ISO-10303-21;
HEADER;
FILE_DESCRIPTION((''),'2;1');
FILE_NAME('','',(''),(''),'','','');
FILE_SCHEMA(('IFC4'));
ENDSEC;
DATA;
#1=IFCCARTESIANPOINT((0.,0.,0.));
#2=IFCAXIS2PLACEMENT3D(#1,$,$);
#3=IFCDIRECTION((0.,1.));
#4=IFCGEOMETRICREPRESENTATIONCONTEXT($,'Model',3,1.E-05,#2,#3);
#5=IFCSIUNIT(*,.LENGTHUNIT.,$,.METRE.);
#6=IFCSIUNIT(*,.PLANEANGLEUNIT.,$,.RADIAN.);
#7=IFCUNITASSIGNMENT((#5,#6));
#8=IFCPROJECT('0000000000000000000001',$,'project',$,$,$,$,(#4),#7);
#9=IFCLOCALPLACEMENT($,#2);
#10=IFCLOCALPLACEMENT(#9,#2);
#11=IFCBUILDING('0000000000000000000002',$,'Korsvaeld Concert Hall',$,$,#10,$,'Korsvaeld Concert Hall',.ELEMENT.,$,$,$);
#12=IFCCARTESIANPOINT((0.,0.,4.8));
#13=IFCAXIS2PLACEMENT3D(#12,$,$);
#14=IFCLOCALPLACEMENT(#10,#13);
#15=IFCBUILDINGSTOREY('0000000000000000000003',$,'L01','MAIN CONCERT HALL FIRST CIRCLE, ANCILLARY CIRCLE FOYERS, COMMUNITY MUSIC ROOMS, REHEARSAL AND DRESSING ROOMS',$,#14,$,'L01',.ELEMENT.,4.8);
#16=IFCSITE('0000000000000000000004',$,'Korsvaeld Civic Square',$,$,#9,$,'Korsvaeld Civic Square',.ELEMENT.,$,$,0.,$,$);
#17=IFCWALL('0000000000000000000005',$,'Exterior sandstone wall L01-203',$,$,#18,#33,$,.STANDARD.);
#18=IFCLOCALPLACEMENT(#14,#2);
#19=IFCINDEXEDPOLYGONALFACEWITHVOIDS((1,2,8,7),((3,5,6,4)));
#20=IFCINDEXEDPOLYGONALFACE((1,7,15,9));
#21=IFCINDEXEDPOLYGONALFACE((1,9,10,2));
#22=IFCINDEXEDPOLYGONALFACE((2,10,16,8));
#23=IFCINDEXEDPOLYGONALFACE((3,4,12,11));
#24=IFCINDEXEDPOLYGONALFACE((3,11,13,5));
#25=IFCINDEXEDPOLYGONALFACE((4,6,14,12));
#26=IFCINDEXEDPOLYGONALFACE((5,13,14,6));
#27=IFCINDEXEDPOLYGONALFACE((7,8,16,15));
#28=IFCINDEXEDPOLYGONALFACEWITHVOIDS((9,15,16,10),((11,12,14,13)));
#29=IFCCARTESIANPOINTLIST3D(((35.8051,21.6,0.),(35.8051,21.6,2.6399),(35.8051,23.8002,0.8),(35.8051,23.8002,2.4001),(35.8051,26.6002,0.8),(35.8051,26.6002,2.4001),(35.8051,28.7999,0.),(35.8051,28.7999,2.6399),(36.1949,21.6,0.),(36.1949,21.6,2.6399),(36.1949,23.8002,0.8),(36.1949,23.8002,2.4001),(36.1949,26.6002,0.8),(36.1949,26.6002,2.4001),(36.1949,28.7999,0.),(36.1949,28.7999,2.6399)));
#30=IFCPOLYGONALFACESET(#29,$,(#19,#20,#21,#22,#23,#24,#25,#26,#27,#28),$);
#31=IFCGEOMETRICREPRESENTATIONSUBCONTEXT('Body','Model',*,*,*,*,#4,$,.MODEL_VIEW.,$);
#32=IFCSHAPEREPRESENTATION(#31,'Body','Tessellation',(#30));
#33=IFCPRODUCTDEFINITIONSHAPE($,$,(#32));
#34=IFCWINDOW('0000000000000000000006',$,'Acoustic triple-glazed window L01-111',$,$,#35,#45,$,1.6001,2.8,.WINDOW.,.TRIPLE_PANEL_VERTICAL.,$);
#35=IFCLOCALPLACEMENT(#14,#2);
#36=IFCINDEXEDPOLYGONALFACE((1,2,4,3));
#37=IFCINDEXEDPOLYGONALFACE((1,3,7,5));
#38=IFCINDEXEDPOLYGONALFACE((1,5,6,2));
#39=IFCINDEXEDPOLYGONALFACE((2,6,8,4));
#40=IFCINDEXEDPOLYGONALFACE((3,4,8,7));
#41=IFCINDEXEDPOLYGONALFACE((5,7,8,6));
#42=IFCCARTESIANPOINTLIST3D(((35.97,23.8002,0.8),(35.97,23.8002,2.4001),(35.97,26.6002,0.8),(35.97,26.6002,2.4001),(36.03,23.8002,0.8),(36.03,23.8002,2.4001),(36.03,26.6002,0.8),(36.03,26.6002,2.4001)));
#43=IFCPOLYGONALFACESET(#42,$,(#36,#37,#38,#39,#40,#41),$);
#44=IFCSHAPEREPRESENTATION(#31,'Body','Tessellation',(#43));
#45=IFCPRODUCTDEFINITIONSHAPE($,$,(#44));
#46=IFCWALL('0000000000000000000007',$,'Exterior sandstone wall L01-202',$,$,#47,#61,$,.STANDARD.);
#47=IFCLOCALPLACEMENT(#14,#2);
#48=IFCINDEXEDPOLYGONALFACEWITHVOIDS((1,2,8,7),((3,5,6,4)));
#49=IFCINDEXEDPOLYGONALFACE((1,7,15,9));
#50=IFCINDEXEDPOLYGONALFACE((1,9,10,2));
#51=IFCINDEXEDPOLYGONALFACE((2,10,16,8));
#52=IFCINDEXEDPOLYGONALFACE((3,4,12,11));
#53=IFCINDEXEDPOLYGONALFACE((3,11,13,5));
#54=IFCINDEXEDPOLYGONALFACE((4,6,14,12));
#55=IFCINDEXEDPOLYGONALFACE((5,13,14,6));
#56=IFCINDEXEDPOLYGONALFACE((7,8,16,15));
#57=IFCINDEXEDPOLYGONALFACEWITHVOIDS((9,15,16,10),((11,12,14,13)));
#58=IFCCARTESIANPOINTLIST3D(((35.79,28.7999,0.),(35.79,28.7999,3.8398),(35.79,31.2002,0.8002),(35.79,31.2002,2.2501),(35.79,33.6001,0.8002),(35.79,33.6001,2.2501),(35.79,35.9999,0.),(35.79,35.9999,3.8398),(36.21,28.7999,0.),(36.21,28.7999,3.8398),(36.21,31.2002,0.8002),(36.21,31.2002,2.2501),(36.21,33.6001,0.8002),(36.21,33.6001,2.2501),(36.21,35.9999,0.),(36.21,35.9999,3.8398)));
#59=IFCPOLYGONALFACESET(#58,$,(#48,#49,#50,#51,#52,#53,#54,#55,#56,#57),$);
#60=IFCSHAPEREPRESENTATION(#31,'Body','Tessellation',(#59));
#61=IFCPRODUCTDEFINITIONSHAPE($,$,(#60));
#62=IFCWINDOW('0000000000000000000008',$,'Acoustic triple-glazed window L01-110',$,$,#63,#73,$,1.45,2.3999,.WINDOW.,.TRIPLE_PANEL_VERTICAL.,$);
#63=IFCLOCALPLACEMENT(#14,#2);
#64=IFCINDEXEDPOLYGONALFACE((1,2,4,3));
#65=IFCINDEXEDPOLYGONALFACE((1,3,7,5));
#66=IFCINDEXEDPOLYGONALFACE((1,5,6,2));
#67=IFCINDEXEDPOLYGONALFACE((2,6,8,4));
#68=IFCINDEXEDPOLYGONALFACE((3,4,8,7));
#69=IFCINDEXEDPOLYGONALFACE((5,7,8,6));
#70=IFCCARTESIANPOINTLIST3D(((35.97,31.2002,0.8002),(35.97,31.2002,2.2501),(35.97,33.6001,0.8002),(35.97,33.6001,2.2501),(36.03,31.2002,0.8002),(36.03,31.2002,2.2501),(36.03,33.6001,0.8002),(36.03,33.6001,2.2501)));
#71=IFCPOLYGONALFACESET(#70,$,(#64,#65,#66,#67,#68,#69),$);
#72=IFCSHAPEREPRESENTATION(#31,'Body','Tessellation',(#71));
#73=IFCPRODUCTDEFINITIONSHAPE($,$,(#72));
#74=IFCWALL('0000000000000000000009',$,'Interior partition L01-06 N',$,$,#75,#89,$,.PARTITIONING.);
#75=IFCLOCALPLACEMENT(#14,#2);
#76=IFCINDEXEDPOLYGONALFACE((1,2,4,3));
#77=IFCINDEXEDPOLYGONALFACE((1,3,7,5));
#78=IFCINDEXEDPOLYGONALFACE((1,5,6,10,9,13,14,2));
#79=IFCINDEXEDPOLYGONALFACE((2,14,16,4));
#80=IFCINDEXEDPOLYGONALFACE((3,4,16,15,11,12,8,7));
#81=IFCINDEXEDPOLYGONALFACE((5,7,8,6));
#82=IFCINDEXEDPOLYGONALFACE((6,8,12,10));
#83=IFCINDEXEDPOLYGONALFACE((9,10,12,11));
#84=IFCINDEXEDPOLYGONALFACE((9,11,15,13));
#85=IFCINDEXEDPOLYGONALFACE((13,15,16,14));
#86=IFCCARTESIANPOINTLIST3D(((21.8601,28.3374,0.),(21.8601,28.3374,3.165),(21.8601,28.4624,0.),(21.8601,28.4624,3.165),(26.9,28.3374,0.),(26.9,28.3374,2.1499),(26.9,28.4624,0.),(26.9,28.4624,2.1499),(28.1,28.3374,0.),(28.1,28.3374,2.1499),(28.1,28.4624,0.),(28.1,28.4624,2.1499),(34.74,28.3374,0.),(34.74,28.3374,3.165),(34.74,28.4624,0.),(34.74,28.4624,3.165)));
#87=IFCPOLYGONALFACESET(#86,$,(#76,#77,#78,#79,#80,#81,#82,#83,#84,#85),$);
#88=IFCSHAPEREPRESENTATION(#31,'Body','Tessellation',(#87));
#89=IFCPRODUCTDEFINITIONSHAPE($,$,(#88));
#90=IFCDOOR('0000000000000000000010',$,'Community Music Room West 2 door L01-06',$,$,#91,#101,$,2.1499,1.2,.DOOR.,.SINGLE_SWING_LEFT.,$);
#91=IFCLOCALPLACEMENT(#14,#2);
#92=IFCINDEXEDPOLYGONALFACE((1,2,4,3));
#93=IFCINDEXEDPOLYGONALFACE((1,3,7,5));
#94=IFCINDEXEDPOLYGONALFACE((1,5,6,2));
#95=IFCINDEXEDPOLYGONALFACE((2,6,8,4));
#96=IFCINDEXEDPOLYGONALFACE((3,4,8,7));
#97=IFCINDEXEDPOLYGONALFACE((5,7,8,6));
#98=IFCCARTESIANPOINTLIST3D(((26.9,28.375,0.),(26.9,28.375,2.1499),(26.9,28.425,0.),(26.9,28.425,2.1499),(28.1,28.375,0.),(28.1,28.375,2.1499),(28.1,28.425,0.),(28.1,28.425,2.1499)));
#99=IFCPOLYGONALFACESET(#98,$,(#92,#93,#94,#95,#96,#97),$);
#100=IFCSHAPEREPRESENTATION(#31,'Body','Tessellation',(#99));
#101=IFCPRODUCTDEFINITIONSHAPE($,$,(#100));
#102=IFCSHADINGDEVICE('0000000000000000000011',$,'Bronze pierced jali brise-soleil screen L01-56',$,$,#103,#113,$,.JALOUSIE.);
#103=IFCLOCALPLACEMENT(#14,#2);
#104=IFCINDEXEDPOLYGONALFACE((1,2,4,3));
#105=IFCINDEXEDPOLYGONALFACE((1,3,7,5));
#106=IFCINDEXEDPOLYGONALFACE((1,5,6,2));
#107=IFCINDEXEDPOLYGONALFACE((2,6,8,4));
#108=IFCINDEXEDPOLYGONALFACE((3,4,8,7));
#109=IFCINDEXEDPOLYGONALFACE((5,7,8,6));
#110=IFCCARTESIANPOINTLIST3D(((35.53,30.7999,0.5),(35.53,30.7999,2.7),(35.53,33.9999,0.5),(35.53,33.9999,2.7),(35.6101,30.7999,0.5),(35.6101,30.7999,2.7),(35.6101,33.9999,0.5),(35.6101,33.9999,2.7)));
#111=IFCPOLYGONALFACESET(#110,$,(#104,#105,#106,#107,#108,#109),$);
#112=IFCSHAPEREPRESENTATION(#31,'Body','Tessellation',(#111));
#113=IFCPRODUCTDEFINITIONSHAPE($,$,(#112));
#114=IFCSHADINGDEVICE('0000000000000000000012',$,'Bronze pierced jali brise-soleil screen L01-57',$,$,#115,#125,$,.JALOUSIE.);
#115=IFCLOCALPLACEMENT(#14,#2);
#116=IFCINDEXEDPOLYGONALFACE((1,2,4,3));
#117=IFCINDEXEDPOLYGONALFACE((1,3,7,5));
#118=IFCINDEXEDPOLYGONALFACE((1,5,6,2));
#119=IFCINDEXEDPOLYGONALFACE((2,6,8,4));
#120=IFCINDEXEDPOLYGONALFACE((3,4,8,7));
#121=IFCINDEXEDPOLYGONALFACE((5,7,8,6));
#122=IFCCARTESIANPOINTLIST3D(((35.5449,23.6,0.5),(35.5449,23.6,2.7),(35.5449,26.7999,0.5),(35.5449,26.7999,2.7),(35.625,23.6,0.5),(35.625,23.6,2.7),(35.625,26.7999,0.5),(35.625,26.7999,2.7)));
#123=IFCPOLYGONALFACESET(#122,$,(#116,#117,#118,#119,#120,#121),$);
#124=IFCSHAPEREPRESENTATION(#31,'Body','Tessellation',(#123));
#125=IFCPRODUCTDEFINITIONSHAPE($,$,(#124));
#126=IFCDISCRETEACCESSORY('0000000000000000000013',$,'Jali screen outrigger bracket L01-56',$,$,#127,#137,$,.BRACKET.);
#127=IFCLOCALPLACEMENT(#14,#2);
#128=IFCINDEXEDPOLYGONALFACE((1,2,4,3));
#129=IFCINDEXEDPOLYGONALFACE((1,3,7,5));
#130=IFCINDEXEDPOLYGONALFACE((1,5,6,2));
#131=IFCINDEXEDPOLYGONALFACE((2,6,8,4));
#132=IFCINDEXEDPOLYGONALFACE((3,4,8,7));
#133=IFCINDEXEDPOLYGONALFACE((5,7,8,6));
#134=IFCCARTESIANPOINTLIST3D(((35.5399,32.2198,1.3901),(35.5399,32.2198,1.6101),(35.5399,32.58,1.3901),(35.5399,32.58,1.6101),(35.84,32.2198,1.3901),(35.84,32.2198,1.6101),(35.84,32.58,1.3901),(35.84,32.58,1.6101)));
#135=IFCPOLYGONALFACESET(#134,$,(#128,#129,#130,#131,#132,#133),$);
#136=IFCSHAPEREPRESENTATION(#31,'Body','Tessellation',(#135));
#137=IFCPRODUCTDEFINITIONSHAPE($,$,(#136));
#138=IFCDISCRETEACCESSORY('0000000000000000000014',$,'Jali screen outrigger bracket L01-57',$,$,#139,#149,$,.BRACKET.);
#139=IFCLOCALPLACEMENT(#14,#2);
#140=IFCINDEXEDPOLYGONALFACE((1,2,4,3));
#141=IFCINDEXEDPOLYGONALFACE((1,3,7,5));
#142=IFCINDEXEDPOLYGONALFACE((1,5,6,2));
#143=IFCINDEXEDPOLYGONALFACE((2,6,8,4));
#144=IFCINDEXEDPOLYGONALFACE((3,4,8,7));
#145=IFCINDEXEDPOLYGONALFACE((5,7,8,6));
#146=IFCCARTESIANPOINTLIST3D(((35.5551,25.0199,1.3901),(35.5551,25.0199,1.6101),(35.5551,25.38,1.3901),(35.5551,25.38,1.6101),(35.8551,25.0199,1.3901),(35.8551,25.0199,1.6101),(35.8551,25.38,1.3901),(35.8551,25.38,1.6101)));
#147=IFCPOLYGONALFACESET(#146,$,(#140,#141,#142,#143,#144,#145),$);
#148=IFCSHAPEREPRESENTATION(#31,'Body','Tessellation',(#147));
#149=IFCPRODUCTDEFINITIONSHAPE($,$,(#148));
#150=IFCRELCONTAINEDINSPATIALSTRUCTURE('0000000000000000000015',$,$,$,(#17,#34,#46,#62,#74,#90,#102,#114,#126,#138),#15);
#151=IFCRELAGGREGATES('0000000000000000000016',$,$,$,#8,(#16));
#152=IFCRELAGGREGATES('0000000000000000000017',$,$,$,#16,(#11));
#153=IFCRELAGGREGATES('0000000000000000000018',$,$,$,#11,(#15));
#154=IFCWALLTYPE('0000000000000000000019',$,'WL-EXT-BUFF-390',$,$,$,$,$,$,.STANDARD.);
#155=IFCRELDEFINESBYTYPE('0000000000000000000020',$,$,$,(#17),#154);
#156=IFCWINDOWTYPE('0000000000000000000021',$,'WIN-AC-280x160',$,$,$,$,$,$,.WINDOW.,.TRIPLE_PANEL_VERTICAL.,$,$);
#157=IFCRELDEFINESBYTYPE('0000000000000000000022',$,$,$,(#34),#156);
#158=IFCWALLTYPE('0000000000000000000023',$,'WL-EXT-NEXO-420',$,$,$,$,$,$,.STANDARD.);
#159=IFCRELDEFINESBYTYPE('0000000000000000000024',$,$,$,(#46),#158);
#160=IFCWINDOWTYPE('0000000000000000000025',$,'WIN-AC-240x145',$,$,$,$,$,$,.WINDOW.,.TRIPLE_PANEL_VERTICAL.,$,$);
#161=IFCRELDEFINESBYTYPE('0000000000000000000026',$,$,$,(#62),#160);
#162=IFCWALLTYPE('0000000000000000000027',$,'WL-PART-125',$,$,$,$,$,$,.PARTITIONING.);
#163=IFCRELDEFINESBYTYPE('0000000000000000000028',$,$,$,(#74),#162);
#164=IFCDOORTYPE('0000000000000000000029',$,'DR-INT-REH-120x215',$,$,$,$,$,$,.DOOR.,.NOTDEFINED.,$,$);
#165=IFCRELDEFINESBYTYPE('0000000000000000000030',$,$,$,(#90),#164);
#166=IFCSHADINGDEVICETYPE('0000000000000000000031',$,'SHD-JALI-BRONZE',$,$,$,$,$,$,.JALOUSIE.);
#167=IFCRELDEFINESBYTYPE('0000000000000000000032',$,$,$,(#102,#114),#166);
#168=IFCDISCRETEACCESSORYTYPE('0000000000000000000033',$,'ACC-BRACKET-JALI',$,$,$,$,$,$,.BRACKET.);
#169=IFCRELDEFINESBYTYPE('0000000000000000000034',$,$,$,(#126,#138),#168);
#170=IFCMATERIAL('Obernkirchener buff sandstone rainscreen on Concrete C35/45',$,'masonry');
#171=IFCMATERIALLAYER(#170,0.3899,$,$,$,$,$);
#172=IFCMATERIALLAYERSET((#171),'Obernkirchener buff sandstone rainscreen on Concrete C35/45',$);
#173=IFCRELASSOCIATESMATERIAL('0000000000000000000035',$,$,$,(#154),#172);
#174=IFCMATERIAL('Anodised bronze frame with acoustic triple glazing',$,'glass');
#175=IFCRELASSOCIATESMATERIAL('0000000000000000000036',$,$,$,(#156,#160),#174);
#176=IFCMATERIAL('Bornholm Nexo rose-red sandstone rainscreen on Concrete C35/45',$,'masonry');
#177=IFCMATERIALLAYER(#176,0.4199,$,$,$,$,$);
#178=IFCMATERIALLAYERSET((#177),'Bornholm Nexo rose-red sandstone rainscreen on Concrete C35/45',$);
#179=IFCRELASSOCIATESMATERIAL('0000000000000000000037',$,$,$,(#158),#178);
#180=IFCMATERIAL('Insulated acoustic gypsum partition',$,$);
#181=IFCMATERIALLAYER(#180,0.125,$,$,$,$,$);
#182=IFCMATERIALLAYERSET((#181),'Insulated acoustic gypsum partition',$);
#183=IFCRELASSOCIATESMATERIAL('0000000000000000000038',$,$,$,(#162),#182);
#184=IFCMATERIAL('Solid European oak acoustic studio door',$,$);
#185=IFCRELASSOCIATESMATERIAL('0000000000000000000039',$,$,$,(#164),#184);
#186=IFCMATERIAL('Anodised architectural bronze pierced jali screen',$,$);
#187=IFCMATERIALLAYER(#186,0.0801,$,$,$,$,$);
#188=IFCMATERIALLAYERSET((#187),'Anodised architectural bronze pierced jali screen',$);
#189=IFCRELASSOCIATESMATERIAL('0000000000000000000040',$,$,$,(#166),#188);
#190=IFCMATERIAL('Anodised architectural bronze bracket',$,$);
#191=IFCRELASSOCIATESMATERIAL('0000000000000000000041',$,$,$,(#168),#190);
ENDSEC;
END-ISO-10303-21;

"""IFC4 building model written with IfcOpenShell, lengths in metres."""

from ifc_helpers import new_model, si_unit, direction, frame, frame_2d, origin, origin_2d, place, context, subcontext, project, spatial, rectangle, extrude, material, layer, layer_set, type_object, element, fill, save


model = new_model("IFC4")

# Units and contexts
model_context = context("Model", 3, precision=1e-05, world=origin(), true_north=direction((0.0, 1.0)))
body_context = subcontext(model_context, "Body", "Model", "MODEL_VIEW")
ifc_project = project(units=[si_unit("LENGTHUNIT", "METRE"), si_unit("PLANEANGLEUNIT", "RADIAN")], contexts=[model_context])

# Site, building, storey
site_placement = place(None, origin())
site = spatial("IfcSite", under=ifc_project, at=site_placement, Name="Korsvaeld Civic Square", LongName="Korsvaeld Civic Square", CompositionType="ELEMENT", RefElevation=0.0)
building_placement = place(site_placement, origin())
building = spatial("IfcBuilding", under=site, at=building_placement, Name="Korsvaeld Concert Hall", LongName="Korsvaeld Concert Hall", CompositionType="ELEMENT")
storey_placement = place(building_placement, frame((0.0, 0.0, 4.8)))
storey = spatial("IfcBuildingStorey", under=building, at=storey_placement, Name="L01", Description="MAIN CONCERT HALL FIRST CIRCLE, ANCILLARY CIRCLE FOYERS, COMMUNITY MUSIC ROOMS, REHEARSAL AND DRESSING ROOMS", LongName="L01", CompositionType="ELEMENT", Elevation=4.8)

# Walls, openings, windows
ifc_material_1 = material(Name="Obernkirchener buff sandstone rainscreen on Concrete C35/45", Category="masonry")
ifc_layer_1 = layer(ifc_material_1, 0.3899)
ifc_layer_set_1 = layer_set([ifc_layer_1], Name="Obernkirchener buff sandstone rainscreen on Concrete C35/45")
wall_type_1 = type_object("IfcWallType", Name="WL-EXT-BUFF-390", PredefinedType="STANDARD", material=ifc_layer_set_1)
wall_1_placement = place(storey_placement, frame((36.0, 28.8, 0.0), z_axis=(0.0, 0.0, 1.0), x_axis=(0.0, -1.0, 0.0)))
wall_1 = element("IfcWall", 1, at=wall_1_placement, inside=storey, type_object=wall_type_1, Name="Exterior sandstone wall L01-203", PredefinedType="STANDARD", context=body_context, shape_type="SweptSolid", body=[
    extrude(rectangle(XDim=7.2, YDim=0.3899, at=frame_2d((3.6001, 0.0))), origin(), (0.0, 0.0, 1.0), 2.6399),
])
opening_1_placement = place(wall_1_placement, frame((2.2, 0.0, 0.8)))
opening_1 = element("IfcOpeningElement", 2, at=opening_1_placement, cuts=wall_1, PredefinedType="OPENING", context=body_context, shape_type="SweptSolid", body=[
    extrude(rectangle(XDim=2.8, YDim=1.6001, at=frame_2d((1.3999, 0.8))), frame((0.0, 0.2051, 0.0), z_axis=(0.0, -1.0, 0.0), x_axis=(1.0, 0.0, 0.0)), (0.0, 0.0, 1.0), 0.4099),
])
ifc_material_2 = material(Name="Anodised bronze frame with acoustic triple glazing", Category="glass")
window_type_1 = type_object("IfcWindowType", Name="WIN-AC-280x160", PartitioningType="TRIPLE_PANEL_VERTICAL", PredefinedType="WINDOW", material=ifc_material_2)
window_1_placement = place(opening_1_placement, origin())
window_1 = element("IfcWindow", 3, at=window_1_placement, inside=storey, type_object=window_type_1, Name="Acoustic triple-glazed window L01-111", OverallHeight=1.6001, OverallWidth=2.8, PartitioningType="TRIPLE_PANEL_VERTICAL", PredefinedType="WINDOW", context=body_context, shape_type="SweptSolid", body=[
    extrude(rectangle(XDim=2.8, YDim=1.6001, at=frame_2d((1.3999, 0.8))), frame((0.0, 0.03, 0.0), z_axis=(0.0, -1.0, 0.0), x_axis=(1.0, 0.0, 0.0)), (0.0, 0.0, 1.0), 0.0601),
])
fill(opening_1, window_1)
ifc_material_3 = material(Name="Bornholm Nexo rose-red sandstone rainscreen on Concrete C35/45", Category="masonry")
ifc_layer_2 = layer(ifc_material_3, 0.4199)
ifc_layer_set_2 = layer_set([ifc_layer_2], Name="Bornholm Nexo rose-red sandstone rainscreen on Concrete C35/45")
wall_type_2 = type_object("IfcWallType", Name="WL-EXT-NEXO-420", PredefinedType="STANDARD", material=ifc_layer_set_2)
wall_2_placement = place(storey_placement, frame((36.0, 36.0, 0.0), z_axis=(0.0, 0.0, 1.0), x_axis=(0.0, -1.0, 0.0)))
wall_2 = element("IfcWall", 4, at=wall_2_placement, inside=storey, type_object=wall_type_2, Name="Exterior sandstone wall L01-202", PredefinedType="STANDARD", context=body_context, shape_type="SweptSolid", body=[
    extrude(rectangle(XDim=7.2, YDim=0.4199, at=frame_2d((3.6001, 0.0))), origin(), (0.0, 0.0, 1.0), 3.8398),
])
opening_2_placement = place(wall_2_placement, frame((2.3999, 0.0, 0.8)))
opening_2 = element("IfcOpeningElement", 5, at=opening_2_placement, cuts=wall_2, PredefinedType="OPENING", context=body_context, shape_type="SweptSolid", body=[
    extrude(rectangle(XDim=2.3999, YDim=1.45, at=frame_2d((1.2, 0.7251))), frame((0.0, 0.22, 0.0), z_axis=(0.0, -1.0, 0.0), x_axis=(1.0, 0.0, 0.0)), (0.0, 0.0, 1.0), 0.4399),
])
window_type_2 = type_object("IfcWindowType", Name="WIN-AC-240x145", PartitioningType="TRIPLE_PANEL_VERTICAL", PredefinedType="WINDOW", material=ifc_material_2)
window_2_placement = place(opening_2_placement, origin())
window_2 = element("IfcWindow", 6, at=window_2_placement, inside=storey, type_object=window_type_2, Name="Acoustic triple-glazed window L01-110", OverallHeight=1.45, OverallWidth=2.3999, PartitioningType="TRIPLE_PANEL_VERTICAL", PredefinedType="WINDOW", context=body_context, shape_type="SweptSolid", body=[
    extrude(rectangle(XDim=2.3999, YDim=1.45, at=frame_2d((1.2, 0.7251))), frame((0.0, 0.03, 0.0), z_axis=(0.0, -1.0, 0.0), x_axis=(1.0, 0.0, 0.0)), (0.0, 0.0, 1.0), 0.0601),
])
fill(opening_2, window_2)

# Wall, opening, door
ifc_material_4 = material(Name="Insulated acoustic gypsum partition")
ifc_layer_3 = layer(ifc_material_4, 0.125)
ifc_layer_set_3 = layer_set([ifc_layer_3], Name="Insulated acoustic gypsum partition")
wall_type_3 = type_object("IfcWallType", Name="WL-PART-125", PredefinedType="PARTITIONING", material=ifc_layer_set_3)
wall_3_placement = place(storey_placement, frame((34.74, 28.3999, 0.0), z_axis=(0.0, 0.0, 1.0), x_axis=(-1.0, 0.0, 0.0)))
wall_3 = element("IfcWall", 7, at=wall_3_placement, inside=storey, type_object=wall_type_3, Name="Interior partition L01-06 N", PredefinedType="PARTITIONING", context=body_context, shape_type="SweptSolid", body=[
    extrude(rectangle(XDim=12.8799, YDim=0.125, at=frame_2d((6.4399, 0.0))), origin(), (0.0, 0.0, 1.0), 3.165),
])
opening_3_placement = place(wall_3_placement, frame((6.6399, 0.0, 0.0)))
opening_3 = element("IfcOpeningElement", 8, at=opening_3_placement, cuts=wall_3, PredefinedType="OPENING", context=body_context, shape_type="SweptSolid", body=[
    extrude(rectangle(XDim=1.2, YDim=2.1499, at=frame_2d((0.6001, 1.075))), frame((0.0, 0.0725, 0.0), z_axis=(0.0, -1.0, 0.0), x_axis=(1.0, 0.0, 0.0)), (0.0, 0.0, 1.0), 0.145),
])
ifc_material_5 = material(Name="Solid European oak acoustic studio door")
door_type = type_object("IfcDoorType", Name="DR-INT-REH-120x215", OperationType="NOTDEFINED", PredefinedType="DOOR", material=ifc_material_5)
door_placement = place(opening_3_placement, origin())
door = element("IfcDoor", 9, at=door_placement, inside=storey, type_object=door_type, Name="Community Music Room West 2 door L01-06", OperationType="SINGLE_SWING_LEFT", OverallHeight=2.1499, OverallWidth=1.2, PredefinedType="DOOR", context=body_context, shape_type="SweptSolid", body=[
    extrude(rectangle(XDim=1.2, YDim=2.1499, at=frame_2d((0.6001, 1.075))), frame((0.0, 0.0249, 0.0), z_axis=(0.0, -1.0, 0.0), x_axis=(1.0, 0.0, 0.0)), (0.0, 0.0, 1.0), 0.05),
])
fill(opening_3, door)

# Shading devices
ifc_material_6 = material(Name="Anodised architectural bronze pierced jali screen")
ifc_layer_4 = layer(ifc_material_6, 0.0801)
ifc_layer_set_4 = layer_set([ifc_layer_4], Name="Anodised architectural bronze pierced jali screen")
shading_device_type = type_object("IfcShadingDeviceType", Name="SHD-JALI-BRONZE", PredefinedType="JALOUSIE", material=ifc_layer_set_4)
for number, where, z_axis, x_axis, name in (
    (10, (35.5701, 32.3999, 0.5), (0.0, 0.0, 1.0), (0.0, -1.0, 0.0), "Bronze pierced jali brise-soleil screen L01-56"),
    (11, (35.585, 25.2, 0.5), (0.0, 0.0, 1.0), (0.0, -1.0, 0.0), "Bronze pierced jali brise-soleil screen L01-57"),
):
    element("IfcShadingDevice", number, at=place(storey_placement, frame(where, z_axis=z_axis, x_axis=x_axis)), inside=storey, type_object=shading_device_type, Name=name, PredefinedType="JALOUSIE", context=body_context, shape_type="SweptSolid", body=[
        extrude(rectangle(XDim=3.2, YDim=0.0801, at=origin_2d()), origin(), (0.0, 0.0, 1.0), 2.2),
    ])

# Discrete accessories
ifc_material_7 = material(Name="Anodised architectural bronze bracket")
discrete_accessory_type = type_object("IfcDiscreteAccessoryType", Name="ACC-BRACKET-JALI", PredefinedType="BRACKET", material=ifc_material_7)
for number, where, z_axis, x_axis, name in (
    (12, (35.6899, 32.3999, 1.3901), (0.0, 0.0, 1.0), (0.0, -1.0, 0.0), "Jali screen outrigger bracket L01-56"),
    (13, (35.7051, 25.2, 1.3901), (0.0, 0.0, 1.0), (0.0, -1.0, 0.0), "Jali screen outrigger bracket L01-57"),
):
    element("IfcDiscreteAccessory", number, at=place(storey_placement, frame(where, z_axis=z_axis, x_axis=x_axis)), inside=storey, type_object=discrete_accessory_type, Name=name, PredefinedType="BRACKET", context=body_context, shape_type="SweptSolid", body=[
        extrude(rectangle(XDim=0.3601, YDim=0.3, at=origin_2d()), origin(), (0.0, 0.0, 1.0), 0.22),
    ])

save(model, "model.ifc")
